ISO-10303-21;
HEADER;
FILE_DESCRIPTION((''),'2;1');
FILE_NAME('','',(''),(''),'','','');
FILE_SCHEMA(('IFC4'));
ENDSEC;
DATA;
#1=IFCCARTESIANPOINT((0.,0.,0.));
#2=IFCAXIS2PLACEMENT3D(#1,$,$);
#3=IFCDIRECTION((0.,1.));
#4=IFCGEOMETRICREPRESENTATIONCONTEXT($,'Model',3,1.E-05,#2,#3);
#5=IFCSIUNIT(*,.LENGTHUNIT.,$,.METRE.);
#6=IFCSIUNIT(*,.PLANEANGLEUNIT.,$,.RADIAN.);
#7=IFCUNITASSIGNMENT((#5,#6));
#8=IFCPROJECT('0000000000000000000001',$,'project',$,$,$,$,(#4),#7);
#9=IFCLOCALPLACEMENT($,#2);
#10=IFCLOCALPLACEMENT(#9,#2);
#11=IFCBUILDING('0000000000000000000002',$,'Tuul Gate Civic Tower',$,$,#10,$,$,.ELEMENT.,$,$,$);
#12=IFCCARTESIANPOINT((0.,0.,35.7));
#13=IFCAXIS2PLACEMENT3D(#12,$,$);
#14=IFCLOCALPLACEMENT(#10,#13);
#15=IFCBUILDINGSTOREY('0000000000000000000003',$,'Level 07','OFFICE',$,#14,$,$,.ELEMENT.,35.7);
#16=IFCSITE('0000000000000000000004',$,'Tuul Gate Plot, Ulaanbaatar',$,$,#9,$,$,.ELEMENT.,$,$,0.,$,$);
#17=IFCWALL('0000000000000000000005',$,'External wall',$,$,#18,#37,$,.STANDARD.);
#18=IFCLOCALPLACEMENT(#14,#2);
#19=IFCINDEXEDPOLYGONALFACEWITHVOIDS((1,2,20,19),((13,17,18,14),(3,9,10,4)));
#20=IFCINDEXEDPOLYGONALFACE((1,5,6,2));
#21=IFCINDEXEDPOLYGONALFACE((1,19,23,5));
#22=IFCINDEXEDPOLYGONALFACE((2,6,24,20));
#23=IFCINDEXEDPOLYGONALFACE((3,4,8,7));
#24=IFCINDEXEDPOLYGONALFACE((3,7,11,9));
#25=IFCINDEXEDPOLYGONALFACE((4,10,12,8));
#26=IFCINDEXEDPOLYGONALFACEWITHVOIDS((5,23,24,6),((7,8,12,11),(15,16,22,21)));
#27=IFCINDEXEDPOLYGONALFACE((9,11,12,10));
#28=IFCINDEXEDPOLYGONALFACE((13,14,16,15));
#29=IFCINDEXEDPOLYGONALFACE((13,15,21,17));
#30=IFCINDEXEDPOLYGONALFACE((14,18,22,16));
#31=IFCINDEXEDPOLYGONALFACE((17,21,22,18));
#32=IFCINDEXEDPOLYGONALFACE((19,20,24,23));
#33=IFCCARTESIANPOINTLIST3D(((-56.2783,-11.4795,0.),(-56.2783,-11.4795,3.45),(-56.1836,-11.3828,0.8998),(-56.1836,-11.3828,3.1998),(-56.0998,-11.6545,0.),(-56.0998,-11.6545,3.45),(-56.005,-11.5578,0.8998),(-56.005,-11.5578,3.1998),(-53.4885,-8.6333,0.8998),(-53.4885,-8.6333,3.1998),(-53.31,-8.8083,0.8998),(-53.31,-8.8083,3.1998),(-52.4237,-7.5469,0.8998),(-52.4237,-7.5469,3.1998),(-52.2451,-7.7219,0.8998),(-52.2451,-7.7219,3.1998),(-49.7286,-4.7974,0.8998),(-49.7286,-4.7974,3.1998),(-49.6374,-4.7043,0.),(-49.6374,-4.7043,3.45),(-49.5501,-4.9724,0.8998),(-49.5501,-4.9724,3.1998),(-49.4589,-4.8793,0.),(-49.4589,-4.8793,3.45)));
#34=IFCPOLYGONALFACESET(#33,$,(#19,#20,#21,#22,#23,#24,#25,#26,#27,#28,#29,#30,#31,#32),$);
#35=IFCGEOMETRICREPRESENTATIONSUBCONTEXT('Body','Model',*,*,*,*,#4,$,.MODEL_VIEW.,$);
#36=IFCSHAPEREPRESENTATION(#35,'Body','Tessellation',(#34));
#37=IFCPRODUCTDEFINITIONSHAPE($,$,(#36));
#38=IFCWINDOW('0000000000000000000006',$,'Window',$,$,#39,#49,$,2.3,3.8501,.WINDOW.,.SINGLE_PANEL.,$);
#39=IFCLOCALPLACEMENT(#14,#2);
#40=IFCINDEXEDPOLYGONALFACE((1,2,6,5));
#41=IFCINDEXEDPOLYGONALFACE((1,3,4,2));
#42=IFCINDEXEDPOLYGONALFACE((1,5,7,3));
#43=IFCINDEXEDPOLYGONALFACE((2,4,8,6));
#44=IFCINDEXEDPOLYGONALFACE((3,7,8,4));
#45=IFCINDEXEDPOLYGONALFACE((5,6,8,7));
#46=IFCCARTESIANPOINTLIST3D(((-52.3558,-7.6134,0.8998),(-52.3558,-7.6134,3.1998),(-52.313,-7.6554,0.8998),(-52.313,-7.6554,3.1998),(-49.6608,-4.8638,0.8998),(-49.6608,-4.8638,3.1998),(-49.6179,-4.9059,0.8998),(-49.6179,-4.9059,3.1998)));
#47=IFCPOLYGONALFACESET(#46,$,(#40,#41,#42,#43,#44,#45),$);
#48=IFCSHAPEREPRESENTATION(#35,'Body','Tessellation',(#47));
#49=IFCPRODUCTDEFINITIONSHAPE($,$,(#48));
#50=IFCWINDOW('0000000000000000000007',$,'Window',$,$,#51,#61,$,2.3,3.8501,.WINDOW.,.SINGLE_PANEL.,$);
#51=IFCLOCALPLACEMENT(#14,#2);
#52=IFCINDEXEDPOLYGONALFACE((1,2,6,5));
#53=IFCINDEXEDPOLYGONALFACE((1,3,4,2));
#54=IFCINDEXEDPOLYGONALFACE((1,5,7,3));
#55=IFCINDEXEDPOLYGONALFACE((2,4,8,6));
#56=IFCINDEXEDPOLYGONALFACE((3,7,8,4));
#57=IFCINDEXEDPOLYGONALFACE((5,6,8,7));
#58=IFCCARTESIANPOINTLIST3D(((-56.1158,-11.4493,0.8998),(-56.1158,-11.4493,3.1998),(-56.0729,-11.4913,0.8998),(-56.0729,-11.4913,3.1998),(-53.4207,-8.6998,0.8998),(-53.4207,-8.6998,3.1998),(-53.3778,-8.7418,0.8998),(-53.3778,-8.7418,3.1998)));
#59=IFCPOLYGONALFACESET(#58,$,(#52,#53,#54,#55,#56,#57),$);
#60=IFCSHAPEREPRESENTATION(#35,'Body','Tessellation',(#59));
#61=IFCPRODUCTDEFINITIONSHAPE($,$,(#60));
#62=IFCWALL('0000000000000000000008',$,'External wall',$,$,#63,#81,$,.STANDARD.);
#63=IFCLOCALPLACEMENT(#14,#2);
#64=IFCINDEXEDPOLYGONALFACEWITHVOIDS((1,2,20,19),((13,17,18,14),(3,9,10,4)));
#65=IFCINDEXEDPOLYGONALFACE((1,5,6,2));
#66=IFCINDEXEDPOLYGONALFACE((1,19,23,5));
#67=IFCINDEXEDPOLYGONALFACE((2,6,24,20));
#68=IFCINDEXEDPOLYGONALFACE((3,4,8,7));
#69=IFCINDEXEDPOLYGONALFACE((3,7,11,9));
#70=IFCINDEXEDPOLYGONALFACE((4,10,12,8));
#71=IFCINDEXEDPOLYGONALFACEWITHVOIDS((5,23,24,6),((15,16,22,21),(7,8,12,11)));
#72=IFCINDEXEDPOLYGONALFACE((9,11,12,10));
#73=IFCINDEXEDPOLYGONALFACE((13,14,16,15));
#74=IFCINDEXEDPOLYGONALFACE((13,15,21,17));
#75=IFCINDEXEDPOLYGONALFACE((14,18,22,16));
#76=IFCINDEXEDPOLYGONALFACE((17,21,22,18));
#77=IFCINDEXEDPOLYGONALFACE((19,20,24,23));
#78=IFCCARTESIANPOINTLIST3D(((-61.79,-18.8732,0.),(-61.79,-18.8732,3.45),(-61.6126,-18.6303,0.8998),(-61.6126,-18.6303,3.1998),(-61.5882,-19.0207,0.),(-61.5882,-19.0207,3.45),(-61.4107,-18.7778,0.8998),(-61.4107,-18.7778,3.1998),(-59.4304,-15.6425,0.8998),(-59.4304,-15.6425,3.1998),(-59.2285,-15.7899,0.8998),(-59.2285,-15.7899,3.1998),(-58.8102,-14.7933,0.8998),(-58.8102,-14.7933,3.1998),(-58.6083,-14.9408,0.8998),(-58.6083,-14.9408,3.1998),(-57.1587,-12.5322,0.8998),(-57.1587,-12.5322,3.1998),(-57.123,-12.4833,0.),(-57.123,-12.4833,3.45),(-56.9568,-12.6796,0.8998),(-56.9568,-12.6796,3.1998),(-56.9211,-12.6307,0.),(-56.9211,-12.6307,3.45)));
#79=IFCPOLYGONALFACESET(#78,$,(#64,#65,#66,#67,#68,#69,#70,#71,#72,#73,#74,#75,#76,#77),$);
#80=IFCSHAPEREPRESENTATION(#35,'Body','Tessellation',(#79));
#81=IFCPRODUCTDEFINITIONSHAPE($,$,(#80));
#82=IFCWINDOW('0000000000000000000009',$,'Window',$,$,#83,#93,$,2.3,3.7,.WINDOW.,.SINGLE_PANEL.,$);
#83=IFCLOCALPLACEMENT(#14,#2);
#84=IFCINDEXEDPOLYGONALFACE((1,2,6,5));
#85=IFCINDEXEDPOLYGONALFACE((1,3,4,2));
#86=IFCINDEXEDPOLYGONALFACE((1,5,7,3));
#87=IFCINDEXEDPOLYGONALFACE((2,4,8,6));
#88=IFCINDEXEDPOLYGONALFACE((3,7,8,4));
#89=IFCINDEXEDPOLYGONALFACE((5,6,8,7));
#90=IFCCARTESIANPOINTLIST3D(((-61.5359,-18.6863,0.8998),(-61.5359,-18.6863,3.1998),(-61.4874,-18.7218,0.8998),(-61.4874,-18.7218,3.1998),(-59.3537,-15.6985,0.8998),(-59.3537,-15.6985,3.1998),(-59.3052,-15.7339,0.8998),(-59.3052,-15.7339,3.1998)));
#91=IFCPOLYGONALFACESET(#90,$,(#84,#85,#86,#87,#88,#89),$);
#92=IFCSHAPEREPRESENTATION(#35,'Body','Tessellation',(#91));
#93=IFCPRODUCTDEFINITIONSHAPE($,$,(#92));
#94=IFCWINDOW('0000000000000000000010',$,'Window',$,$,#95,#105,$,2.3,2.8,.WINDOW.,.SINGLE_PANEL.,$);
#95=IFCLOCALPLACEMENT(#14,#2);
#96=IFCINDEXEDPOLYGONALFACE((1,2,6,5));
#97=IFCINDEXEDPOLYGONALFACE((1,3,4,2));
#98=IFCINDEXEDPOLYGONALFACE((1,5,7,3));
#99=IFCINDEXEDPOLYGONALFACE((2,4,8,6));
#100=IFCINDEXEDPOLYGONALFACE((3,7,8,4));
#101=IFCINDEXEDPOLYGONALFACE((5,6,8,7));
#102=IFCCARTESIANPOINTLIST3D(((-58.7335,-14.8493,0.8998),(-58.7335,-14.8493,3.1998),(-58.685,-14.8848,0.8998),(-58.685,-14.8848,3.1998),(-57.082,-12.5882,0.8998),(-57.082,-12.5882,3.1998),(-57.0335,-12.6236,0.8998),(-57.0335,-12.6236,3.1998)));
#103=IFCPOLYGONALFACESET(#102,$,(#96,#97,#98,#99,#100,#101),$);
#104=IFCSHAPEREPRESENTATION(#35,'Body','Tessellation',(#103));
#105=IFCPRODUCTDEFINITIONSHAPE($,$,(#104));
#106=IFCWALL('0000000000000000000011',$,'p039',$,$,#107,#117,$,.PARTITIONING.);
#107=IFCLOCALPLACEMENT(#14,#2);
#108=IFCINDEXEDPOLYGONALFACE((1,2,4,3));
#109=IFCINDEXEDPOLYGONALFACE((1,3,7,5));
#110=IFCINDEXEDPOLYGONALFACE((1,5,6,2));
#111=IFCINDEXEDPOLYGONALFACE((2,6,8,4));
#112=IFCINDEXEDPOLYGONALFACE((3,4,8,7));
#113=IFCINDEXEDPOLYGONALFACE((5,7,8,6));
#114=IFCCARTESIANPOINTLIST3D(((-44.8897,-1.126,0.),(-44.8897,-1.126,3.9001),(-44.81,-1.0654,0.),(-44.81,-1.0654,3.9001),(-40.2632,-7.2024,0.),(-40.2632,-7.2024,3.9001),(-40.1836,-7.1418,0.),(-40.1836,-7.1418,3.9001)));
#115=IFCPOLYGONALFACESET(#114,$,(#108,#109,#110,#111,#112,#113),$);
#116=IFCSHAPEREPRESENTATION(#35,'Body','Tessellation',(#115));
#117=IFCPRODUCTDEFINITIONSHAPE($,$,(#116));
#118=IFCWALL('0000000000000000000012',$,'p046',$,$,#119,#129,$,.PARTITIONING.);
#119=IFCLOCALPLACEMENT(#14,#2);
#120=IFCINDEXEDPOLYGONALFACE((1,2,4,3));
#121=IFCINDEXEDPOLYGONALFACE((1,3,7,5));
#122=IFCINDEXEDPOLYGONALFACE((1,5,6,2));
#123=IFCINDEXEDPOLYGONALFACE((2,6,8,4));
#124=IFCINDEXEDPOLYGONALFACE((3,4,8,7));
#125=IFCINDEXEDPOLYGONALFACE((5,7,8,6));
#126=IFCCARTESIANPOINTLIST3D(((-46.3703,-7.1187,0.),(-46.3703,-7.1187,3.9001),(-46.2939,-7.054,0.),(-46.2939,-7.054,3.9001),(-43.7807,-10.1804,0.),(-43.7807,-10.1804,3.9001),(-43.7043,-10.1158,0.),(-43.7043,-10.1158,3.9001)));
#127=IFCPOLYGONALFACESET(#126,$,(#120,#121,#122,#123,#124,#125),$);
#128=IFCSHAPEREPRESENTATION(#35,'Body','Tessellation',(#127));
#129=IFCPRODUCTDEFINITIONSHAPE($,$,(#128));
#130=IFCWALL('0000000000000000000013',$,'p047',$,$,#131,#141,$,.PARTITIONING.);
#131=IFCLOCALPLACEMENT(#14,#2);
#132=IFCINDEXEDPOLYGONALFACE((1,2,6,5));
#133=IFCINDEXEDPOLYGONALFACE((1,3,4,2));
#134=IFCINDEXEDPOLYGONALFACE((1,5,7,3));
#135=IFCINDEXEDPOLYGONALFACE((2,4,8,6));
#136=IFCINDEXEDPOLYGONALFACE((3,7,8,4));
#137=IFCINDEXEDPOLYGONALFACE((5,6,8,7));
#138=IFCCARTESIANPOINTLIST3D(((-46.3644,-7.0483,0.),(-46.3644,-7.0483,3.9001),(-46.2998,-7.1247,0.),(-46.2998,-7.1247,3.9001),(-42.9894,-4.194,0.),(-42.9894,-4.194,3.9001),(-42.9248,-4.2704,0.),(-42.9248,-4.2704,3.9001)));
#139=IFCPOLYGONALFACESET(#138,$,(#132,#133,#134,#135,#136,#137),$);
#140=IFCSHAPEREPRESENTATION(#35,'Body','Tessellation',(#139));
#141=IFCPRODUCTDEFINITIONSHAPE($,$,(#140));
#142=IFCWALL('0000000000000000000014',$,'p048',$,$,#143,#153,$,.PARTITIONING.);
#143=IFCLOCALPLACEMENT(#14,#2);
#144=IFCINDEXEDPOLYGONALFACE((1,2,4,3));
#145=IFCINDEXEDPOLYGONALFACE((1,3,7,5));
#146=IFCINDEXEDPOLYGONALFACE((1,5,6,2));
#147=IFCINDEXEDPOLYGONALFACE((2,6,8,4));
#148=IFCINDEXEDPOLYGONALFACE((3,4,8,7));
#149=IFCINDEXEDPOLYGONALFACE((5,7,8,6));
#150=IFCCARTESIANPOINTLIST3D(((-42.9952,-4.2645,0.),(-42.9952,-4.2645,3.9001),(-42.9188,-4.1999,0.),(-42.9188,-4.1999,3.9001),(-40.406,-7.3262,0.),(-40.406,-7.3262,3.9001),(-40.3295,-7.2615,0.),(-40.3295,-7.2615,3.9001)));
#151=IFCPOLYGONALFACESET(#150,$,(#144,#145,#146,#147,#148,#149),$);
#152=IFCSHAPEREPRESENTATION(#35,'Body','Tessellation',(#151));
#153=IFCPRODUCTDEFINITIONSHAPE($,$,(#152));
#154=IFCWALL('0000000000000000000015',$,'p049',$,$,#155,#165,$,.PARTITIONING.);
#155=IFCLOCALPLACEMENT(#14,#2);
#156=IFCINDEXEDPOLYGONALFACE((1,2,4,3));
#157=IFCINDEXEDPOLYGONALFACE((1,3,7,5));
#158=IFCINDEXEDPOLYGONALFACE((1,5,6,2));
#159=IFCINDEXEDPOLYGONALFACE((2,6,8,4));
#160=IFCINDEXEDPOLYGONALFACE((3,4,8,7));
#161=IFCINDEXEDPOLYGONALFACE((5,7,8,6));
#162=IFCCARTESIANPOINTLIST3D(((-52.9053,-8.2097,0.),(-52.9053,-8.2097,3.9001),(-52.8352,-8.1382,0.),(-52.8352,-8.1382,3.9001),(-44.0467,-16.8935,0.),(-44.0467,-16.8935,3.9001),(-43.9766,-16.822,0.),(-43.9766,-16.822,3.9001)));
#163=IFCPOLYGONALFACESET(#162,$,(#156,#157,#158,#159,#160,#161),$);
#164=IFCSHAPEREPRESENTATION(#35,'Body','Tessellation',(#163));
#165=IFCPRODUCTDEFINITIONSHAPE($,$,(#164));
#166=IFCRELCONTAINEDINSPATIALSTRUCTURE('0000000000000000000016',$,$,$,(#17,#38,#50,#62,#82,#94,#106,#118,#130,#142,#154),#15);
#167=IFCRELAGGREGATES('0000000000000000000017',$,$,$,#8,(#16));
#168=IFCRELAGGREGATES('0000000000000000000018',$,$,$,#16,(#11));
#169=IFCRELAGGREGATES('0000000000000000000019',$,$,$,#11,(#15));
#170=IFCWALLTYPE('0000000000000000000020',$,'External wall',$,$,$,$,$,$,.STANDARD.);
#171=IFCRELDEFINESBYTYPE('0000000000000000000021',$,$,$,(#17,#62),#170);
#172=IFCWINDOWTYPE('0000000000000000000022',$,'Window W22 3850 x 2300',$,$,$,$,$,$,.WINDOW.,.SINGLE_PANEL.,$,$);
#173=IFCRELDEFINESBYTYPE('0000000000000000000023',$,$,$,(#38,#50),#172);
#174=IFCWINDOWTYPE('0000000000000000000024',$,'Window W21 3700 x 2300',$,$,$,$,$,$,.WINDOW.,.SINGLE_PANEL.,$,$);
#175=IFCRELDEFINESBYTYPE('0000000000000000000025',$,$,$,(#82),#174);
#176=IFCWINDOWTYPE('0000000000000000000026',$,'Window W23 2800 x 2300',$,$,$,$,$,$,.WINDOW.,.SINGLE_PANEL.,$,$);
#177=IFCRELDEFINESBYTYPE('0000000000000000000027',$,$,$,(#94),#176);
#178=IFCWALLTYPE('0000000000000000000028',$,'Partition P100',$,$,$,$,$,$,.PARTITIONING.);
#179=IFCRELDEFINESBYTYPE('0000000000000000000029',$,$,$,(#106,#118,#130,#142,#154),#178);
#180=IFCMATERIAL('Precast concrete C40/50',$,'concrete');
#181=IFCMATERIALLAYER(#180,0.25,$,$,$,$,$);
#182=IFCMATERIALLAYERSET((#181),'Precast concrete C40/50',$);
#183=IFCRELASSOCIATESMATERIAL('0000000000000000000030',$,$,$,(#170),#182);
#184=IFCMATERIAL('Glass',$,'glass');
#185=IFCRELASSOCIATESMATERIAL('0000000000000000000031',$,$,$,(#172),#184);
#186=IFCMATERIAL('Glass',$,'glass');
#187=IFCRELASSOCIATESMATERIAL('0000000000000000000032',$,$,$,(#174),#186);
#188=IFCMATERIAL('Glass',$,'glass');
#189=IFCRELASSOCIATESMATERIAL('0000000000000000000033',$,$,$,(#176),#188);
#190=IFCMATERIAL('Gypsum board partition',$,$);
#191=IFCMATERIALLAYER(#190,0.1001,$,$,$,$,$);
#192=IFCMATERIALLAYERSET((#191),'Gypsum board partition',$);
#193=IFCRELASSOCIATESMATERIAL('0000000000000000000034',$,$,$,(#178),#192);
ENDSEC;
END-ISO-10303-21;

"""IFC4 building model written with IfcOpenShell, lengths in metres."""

from ifc_helpers import new_model, si_unit, direction, frame, frame_2d, origin, place, context, subcontext, project, spatial, rectangle, extrude, material, layer, layer_set, type_object, element, fill, save


model = new_model("IFC4")

# Units and contexts
model_context = context("Model", 3, precision=1e-05, world=origin(), true_north=direction((0.0, 1.0)))
body_context = subcontext(model_context, "Body", "Model", "MODEL_VIEW")
ifc_project = project(units=[si_unit("LENGTHUNIT", "METRE"), si_unit("PLANEANGLEUNIT", "RADIAN")], contexts=[model_context])

# Site, building, storey
site_placement = place(None, origin())
site = spatial("IfcSite", under=ifc_project, at=site_placement, Name="Tuul Gate Plot, Ulaanbaatar", CompositionType="ELEMENT", RefElevation=0.0)
building_placement = place(site_placement, origin())
building = spatial("IfcBuilding", under=site, at=building_placement, Name="Tuul Gate Civic Tower", CompositionType="ELEMENT")
storey_placement = place(building_placement, frame((0.0, 0.0, 35.7)))
storey = spatial("IfcBuildingStorey", under=building, at=storey_placement, Name="Level 07", Description="OFFICE", CompositionType="ELEMENT", Elevation=35.7)

# Walls, openings, windows
ifc_material_1 = material(Name="Precast concrete C40/50", Category="concrete")
ifc_layer_1 = layer(ifc_material_1, 0.25)
ifc_layer_set_1 = layer_set([ifc_layer_1], Name="Precast concrete C40/50")
wall_type_1 = type_object("IfcWallType", Name="External wall", PredefinedType="STANDARD", material=ifc_layer_set_1)
wall_1_placement = place(storey_placement, frame((-49.5481, -4.7917, 0.0), z_axis=(0.0, 0.0, 1.0), x_axis=(-0.699994, -0.714148, 0.0)))
wall_1 = element("IfcWall", 1, at=wall_1_placement, inside=storey, type_object=wall_type_1, Name="External wall", PredefinedType="STANDARD", context=body_context, shape_type="SweptSolid", body=[
    extrude(rectangle(XDim=9.4871, YDim=0.25, at=frame_2d((4.7437, 0.0))), origin(), (0.0, 0.0, 1.0), 3.45),
])
opening_1_placement = place(wall_1_placement, frame((0.1304, 0.0, 0.8999)))
opening_1 = element("IfcOpeningElement", 2, at=opening_1_placement, cuts=wall_1, PredefinedType="OPENING", context=body_context, shape_type="SweptSolid", body=[
    extrude(rectangle(XDim=3.8501, YDim=2.3, at=frame_2d((1.925, 1.1499))), frame((0.0, 0.135, 0.0), z_axis=(0.0, -1.0, 0.0), x_axis=(1.0, 0.0, 0.0)), (0.0, 0.0, 1.0), 0.27),
])
opening_2_placement = place(wall_1_placement, frame((5.5017, 0.0, 0.8999)))
opening_2 = element("IfcOpeningElement", 3, at=opening_2_placement, cuts=wall_1, PredefinedType="OPENING", context=body_context, shape_type="SweptSolid", body=[
    extrude(rectangle(XDim=3.8501, YDim=2.3, at=frame_2d((1.925, 1.1499))), frame((0.0, 0.135, 0.0), z_axis=(0.0, -1.0, 0.0), x_axis=(1.0, 0.0, 0.0)), (0.0, 0.0, 1.0), 0.27),
])
ifc_material_2 = material(Name="Glass", Category="glass")
window_type_1 = type_object("IfcWindowType", Name="Window W22 3850 x 2300", PartitioningType="SINGLE_PANEL", PredefinedType="WINDOW", material=ifc_material_2)
window_1_placement = place(opening_1_placement, origin())
window_1 = element("IfcWindow", 4, at=window_1_placement, inside=storey, type_object=window_type_1, Name="Window", OverallHeight=2.3, OverallWidth=3.8501, PartitioningType="SINGLE_PANEL", PredefinedType="WINDOW", context=body_context, shape_type="SweptSolid", body=[
    extrude(rectangle(XDim=3.8501, YDim=2.3, at=frame_2d((1.925, 1.1499))), frame((0.0, 0.03, 0.0), z_axis=(0.0, -1.0, 0.0), x_axis=(1.0, 0.0, 0.0)), (0.0, 0.0, 1.0), 0.0601),
])
fill(opening_1, window_1)
window_2_placement = place(opening_2_placement, origin())
window_2 = element("IfcWindow", 5, at=window_2_placement, inside=storey, type_object=window_type_1, Name="Window", OverallHeight=2.3, OverallWidth=3.8501, PartitioningType="SINGLE_PANEL", PredefinedType="WINDOW", context=body_context, shape_type="SweptSolid", body=[
    extrude(rectangle(XDim=3.8501, YDim=2.3, at=frame_2d((1.925, 1.1499))), frame((0.0, 0.03, 0.0), z_axis=(0.0, -1.0, 0.0), x_axis=(1.0, 0.0, 0.0)), (0.0, 0.0, 1.0), 0.0601),
])
fill(opening_2, window_2)
wall_2_placement = place(storey_placement, frame((-57.022, -12.5569, 0.0), z_axis=(0.0, 0.0, 1.0), x_axis=(-0.589807, -0.807544, 0.0)))
wall_2 = element("IfcWall", 6, at=wall_2_placement, inside=storey, type_object=wall_type_1, Name="External wall", PredefinedType="STANDARD", context=body_context, shape_type="SweptSolid", body=[
    extrude(rectangle(XDim=7.9128, YDim=0.25, at=frame_2d((3.9565, 0.0))), origin(), (0.0, 0.0, 1.0), 3.45),
])
opening_3_placement = place(wall_2_placement, frame((0.0608, 0.0, 0.8999)))
opening_3 = element("IfcOpeningElement", 7, at=opening_3_placement, cuts=wall_2, PredefinedType="OPENING", context=body_context, shape_type="SweptSolid", body=[
    extrude(rectangle(XDim=2.8, YDim=2.3, at=frame_2d((1.3999, 1.1499))), frame((0.0, 0.135, 0.0), z_axis=(0.0, -1.0, 0.0), x_axis=(1.0, 0.0, 0.0)), (0.0, 0.0, 1.0), 0.27),
])
opening_4_placement = place(wall_2_placement, frame((3.9121, 0.0, 0.8999)))
opening_4 = element("IfcOpeningElement", 8, at=opening_4_placement, cuts=wall_2, PredefinedType="OPENING", context=body_context, shape_type="SweptSolid", body=[
    extrude(rectangle(XDim=3.7, YDim=2.3, at=frame_2d((1.8501, 1.1499))), frame((0.0, 0.135, 0.0), z_axis=(0.0, -1.0, 0.0), x_axis=(1.0, 0.0, 0.0)), (0.0, 0.0, 1.0), 0.27),
])
ifc_material_3 = material(Name="Glass", Category="glass")
window_type_2 = type_object("IfcWindowType", Name="Window W21 3700 x 2300", PartitioningType="SINGLE_PANEL", PredefinedType="WINDOW", material=ifc_material_3)
window_3_placement = place(opening_4_placement, origin())
window_3 = element("IfcWindow", 9, at=window_3_placement, inside=storey, type_object=window_type_2, Name="Window", OverallHeight=2.3, OverallWidth=3.7, PartitioningType="SINGLE_PANEL", PredefinedType="WINDOW", context=body_context, shape_type="SweptSolid", body=[
    extrude(rectangle(XDim=3.7, YDim=2.3, at=frame_2d((1.8501, 1.1499))), frame((0.0, 0.03, 0.0), z_axis=(0.0, -1.0, 0.0), x_axis=(1.0, 0.0, 0.0)), (0.0, 0.0, 1.0), 0.0601),
])
fill(opening_4, window_3)
ifc_material_4 = material(Name="Glass", Category="glass")
window_type_3 = type_object("IfcWindowType", Name="Window W23 2800 x 2300", PartitioningType="SINGLE_PANEL", PredefinedType="WINDOW", material=ifc_material_4)
window_4_placement = place(opening_3_placement, origin())
window_4 = element("IfcWindow", 10, at=window_4_placement, inside=storey, type_object=window_type_3, Name="Window", OverallHeight=2.3, OverallWidth=2.8, PartitioningType="SINGLE_PANEL", PredefinedType="WINDOW", context=body_context, shape_type="SweptSolid", body=[
    extrude(rectangle(XDim=2.8, YDim=2.3, at=frame_2d((1.3999, 1.1499))), frame((0.0, 0.03, 0.0), z_axis=(0.0, -1.0, 0.0), x_axis=(1.0, 0.0, 0.0)), (0.0, 0.0, 1.0), 0.0601),
])
fill(opening_3, window_4)

# Walls
ifc_material_5 = material(Name="Gypsum board partition")
ifc_layer_2 = layer(ifc_material_5, 0.1001)
ifc_layer_set_2 = layer_set([ifc_layer_2], Name="Gypsum board partition")
wall_type_2 = type_object("IfcWallType", Name="Partition P100", PredefinedType="PARTITIONING", material=ifc_layer_set_2)
wall_3_placement = place(storey_placement, frame((-44.8499, -1.0957, 0.0), z_axis=(0.0, 0.0, 1.0), x_axis=(0.605779, -0.795633, 0.0)))
element("IfcWall", 11, at=wall_3_placement, inside=storey, type_object=wall_type_2, Name="p039", PredefinedType="PARTITIONING", context=body_context, shape_type="SweptSolid", body=[
    extrude(rectangle(XDim=7.6372, YDim=0.1001, at=frame_2d((3.8186, 0.0))), origin(), (0.0, 0.0, 1.0), 3.9001),
])
wall_4_placement = place(storey_placement, frame((-46.332, -7.0864, 0.0), z_axis=(0.0, 0.0, 1.0), x_axis=(0.645778, -0.763525, 0.0)))
element("IfcWall", 12, at=wall_4_placement, inside=storey, type_object=wall_type_2, Name="p046", PredefinedType="PARTITIONING", context=body_context, shape_type="SweptSolid", body=[
    extrude(rectangle(XDim=4.01, YDim=0.1001, at=frame_2d((2.0049, 0.0))), origin(), (0.0, 0.0, 1.0), 3.9001),
])
wall_5_placement = place(storey_placement, frame((-46.332, -7.0864, 0.0), z_axis=(0.0, 0.0, 1.0), x_axis=(0.763556, 0.645742, 0.0)))
element("IfcWall", 13, at=wall_5_placement, inside=storey, type_object=wall_type_2, Name="p047", PredefinedType="PARTITIONING", context=body_context, shape_type="SweptSolid", body=[
    extrude(rectangle(XDim=4.4202, YDim=0.1001, at=frame_2d((2.21, 0.0))), origin(), (0.0, 0.0, 1.0), 3.9001),
])
wall_6_placement = place(storey_placement, frame((-42.957, -4.2322, 0.0), z_axis=(0.0, 0.0, 1.0), x_axis=(0.645743, -0.763555, 0.0)))
element("IfcWall", 14, at=wall_6_placement, inside=storey, type_object=wall_type_2, Name="p048", PredefinedType="PARTITIONING", context=body_context, shape_type="SweptSolid", body=[
    extrude(rectangle(XDim=4.0098, YDim=0.1001, at=frame_2d((2.0049, 0.0))), origin(), (0.0, 0.0, 1.0), 3.9001),
])
wall_7_placement = place(storey_placement, frame((-52.8704, -8.1738, 0.0), z_axis=(0.0, 0.0, 1.0), x_axis=(0.714117, -0.700026, 0.0)))
element("IfcWall", 15, at=wall_7_placement, inside=storey, type_object=wall_type_2, Name="p049", PredefinedType="PARTITIONING", context=body_context, shape_type="SweptSolid", body=[
    extrude(rectangle(XDim=12.405, YDim=0.1001, at=frame_2d((6.2026, 0.0))), origin(), (0.0, 0.0, 1.0), 3.9001),
])

save(model, "model.ifc")
